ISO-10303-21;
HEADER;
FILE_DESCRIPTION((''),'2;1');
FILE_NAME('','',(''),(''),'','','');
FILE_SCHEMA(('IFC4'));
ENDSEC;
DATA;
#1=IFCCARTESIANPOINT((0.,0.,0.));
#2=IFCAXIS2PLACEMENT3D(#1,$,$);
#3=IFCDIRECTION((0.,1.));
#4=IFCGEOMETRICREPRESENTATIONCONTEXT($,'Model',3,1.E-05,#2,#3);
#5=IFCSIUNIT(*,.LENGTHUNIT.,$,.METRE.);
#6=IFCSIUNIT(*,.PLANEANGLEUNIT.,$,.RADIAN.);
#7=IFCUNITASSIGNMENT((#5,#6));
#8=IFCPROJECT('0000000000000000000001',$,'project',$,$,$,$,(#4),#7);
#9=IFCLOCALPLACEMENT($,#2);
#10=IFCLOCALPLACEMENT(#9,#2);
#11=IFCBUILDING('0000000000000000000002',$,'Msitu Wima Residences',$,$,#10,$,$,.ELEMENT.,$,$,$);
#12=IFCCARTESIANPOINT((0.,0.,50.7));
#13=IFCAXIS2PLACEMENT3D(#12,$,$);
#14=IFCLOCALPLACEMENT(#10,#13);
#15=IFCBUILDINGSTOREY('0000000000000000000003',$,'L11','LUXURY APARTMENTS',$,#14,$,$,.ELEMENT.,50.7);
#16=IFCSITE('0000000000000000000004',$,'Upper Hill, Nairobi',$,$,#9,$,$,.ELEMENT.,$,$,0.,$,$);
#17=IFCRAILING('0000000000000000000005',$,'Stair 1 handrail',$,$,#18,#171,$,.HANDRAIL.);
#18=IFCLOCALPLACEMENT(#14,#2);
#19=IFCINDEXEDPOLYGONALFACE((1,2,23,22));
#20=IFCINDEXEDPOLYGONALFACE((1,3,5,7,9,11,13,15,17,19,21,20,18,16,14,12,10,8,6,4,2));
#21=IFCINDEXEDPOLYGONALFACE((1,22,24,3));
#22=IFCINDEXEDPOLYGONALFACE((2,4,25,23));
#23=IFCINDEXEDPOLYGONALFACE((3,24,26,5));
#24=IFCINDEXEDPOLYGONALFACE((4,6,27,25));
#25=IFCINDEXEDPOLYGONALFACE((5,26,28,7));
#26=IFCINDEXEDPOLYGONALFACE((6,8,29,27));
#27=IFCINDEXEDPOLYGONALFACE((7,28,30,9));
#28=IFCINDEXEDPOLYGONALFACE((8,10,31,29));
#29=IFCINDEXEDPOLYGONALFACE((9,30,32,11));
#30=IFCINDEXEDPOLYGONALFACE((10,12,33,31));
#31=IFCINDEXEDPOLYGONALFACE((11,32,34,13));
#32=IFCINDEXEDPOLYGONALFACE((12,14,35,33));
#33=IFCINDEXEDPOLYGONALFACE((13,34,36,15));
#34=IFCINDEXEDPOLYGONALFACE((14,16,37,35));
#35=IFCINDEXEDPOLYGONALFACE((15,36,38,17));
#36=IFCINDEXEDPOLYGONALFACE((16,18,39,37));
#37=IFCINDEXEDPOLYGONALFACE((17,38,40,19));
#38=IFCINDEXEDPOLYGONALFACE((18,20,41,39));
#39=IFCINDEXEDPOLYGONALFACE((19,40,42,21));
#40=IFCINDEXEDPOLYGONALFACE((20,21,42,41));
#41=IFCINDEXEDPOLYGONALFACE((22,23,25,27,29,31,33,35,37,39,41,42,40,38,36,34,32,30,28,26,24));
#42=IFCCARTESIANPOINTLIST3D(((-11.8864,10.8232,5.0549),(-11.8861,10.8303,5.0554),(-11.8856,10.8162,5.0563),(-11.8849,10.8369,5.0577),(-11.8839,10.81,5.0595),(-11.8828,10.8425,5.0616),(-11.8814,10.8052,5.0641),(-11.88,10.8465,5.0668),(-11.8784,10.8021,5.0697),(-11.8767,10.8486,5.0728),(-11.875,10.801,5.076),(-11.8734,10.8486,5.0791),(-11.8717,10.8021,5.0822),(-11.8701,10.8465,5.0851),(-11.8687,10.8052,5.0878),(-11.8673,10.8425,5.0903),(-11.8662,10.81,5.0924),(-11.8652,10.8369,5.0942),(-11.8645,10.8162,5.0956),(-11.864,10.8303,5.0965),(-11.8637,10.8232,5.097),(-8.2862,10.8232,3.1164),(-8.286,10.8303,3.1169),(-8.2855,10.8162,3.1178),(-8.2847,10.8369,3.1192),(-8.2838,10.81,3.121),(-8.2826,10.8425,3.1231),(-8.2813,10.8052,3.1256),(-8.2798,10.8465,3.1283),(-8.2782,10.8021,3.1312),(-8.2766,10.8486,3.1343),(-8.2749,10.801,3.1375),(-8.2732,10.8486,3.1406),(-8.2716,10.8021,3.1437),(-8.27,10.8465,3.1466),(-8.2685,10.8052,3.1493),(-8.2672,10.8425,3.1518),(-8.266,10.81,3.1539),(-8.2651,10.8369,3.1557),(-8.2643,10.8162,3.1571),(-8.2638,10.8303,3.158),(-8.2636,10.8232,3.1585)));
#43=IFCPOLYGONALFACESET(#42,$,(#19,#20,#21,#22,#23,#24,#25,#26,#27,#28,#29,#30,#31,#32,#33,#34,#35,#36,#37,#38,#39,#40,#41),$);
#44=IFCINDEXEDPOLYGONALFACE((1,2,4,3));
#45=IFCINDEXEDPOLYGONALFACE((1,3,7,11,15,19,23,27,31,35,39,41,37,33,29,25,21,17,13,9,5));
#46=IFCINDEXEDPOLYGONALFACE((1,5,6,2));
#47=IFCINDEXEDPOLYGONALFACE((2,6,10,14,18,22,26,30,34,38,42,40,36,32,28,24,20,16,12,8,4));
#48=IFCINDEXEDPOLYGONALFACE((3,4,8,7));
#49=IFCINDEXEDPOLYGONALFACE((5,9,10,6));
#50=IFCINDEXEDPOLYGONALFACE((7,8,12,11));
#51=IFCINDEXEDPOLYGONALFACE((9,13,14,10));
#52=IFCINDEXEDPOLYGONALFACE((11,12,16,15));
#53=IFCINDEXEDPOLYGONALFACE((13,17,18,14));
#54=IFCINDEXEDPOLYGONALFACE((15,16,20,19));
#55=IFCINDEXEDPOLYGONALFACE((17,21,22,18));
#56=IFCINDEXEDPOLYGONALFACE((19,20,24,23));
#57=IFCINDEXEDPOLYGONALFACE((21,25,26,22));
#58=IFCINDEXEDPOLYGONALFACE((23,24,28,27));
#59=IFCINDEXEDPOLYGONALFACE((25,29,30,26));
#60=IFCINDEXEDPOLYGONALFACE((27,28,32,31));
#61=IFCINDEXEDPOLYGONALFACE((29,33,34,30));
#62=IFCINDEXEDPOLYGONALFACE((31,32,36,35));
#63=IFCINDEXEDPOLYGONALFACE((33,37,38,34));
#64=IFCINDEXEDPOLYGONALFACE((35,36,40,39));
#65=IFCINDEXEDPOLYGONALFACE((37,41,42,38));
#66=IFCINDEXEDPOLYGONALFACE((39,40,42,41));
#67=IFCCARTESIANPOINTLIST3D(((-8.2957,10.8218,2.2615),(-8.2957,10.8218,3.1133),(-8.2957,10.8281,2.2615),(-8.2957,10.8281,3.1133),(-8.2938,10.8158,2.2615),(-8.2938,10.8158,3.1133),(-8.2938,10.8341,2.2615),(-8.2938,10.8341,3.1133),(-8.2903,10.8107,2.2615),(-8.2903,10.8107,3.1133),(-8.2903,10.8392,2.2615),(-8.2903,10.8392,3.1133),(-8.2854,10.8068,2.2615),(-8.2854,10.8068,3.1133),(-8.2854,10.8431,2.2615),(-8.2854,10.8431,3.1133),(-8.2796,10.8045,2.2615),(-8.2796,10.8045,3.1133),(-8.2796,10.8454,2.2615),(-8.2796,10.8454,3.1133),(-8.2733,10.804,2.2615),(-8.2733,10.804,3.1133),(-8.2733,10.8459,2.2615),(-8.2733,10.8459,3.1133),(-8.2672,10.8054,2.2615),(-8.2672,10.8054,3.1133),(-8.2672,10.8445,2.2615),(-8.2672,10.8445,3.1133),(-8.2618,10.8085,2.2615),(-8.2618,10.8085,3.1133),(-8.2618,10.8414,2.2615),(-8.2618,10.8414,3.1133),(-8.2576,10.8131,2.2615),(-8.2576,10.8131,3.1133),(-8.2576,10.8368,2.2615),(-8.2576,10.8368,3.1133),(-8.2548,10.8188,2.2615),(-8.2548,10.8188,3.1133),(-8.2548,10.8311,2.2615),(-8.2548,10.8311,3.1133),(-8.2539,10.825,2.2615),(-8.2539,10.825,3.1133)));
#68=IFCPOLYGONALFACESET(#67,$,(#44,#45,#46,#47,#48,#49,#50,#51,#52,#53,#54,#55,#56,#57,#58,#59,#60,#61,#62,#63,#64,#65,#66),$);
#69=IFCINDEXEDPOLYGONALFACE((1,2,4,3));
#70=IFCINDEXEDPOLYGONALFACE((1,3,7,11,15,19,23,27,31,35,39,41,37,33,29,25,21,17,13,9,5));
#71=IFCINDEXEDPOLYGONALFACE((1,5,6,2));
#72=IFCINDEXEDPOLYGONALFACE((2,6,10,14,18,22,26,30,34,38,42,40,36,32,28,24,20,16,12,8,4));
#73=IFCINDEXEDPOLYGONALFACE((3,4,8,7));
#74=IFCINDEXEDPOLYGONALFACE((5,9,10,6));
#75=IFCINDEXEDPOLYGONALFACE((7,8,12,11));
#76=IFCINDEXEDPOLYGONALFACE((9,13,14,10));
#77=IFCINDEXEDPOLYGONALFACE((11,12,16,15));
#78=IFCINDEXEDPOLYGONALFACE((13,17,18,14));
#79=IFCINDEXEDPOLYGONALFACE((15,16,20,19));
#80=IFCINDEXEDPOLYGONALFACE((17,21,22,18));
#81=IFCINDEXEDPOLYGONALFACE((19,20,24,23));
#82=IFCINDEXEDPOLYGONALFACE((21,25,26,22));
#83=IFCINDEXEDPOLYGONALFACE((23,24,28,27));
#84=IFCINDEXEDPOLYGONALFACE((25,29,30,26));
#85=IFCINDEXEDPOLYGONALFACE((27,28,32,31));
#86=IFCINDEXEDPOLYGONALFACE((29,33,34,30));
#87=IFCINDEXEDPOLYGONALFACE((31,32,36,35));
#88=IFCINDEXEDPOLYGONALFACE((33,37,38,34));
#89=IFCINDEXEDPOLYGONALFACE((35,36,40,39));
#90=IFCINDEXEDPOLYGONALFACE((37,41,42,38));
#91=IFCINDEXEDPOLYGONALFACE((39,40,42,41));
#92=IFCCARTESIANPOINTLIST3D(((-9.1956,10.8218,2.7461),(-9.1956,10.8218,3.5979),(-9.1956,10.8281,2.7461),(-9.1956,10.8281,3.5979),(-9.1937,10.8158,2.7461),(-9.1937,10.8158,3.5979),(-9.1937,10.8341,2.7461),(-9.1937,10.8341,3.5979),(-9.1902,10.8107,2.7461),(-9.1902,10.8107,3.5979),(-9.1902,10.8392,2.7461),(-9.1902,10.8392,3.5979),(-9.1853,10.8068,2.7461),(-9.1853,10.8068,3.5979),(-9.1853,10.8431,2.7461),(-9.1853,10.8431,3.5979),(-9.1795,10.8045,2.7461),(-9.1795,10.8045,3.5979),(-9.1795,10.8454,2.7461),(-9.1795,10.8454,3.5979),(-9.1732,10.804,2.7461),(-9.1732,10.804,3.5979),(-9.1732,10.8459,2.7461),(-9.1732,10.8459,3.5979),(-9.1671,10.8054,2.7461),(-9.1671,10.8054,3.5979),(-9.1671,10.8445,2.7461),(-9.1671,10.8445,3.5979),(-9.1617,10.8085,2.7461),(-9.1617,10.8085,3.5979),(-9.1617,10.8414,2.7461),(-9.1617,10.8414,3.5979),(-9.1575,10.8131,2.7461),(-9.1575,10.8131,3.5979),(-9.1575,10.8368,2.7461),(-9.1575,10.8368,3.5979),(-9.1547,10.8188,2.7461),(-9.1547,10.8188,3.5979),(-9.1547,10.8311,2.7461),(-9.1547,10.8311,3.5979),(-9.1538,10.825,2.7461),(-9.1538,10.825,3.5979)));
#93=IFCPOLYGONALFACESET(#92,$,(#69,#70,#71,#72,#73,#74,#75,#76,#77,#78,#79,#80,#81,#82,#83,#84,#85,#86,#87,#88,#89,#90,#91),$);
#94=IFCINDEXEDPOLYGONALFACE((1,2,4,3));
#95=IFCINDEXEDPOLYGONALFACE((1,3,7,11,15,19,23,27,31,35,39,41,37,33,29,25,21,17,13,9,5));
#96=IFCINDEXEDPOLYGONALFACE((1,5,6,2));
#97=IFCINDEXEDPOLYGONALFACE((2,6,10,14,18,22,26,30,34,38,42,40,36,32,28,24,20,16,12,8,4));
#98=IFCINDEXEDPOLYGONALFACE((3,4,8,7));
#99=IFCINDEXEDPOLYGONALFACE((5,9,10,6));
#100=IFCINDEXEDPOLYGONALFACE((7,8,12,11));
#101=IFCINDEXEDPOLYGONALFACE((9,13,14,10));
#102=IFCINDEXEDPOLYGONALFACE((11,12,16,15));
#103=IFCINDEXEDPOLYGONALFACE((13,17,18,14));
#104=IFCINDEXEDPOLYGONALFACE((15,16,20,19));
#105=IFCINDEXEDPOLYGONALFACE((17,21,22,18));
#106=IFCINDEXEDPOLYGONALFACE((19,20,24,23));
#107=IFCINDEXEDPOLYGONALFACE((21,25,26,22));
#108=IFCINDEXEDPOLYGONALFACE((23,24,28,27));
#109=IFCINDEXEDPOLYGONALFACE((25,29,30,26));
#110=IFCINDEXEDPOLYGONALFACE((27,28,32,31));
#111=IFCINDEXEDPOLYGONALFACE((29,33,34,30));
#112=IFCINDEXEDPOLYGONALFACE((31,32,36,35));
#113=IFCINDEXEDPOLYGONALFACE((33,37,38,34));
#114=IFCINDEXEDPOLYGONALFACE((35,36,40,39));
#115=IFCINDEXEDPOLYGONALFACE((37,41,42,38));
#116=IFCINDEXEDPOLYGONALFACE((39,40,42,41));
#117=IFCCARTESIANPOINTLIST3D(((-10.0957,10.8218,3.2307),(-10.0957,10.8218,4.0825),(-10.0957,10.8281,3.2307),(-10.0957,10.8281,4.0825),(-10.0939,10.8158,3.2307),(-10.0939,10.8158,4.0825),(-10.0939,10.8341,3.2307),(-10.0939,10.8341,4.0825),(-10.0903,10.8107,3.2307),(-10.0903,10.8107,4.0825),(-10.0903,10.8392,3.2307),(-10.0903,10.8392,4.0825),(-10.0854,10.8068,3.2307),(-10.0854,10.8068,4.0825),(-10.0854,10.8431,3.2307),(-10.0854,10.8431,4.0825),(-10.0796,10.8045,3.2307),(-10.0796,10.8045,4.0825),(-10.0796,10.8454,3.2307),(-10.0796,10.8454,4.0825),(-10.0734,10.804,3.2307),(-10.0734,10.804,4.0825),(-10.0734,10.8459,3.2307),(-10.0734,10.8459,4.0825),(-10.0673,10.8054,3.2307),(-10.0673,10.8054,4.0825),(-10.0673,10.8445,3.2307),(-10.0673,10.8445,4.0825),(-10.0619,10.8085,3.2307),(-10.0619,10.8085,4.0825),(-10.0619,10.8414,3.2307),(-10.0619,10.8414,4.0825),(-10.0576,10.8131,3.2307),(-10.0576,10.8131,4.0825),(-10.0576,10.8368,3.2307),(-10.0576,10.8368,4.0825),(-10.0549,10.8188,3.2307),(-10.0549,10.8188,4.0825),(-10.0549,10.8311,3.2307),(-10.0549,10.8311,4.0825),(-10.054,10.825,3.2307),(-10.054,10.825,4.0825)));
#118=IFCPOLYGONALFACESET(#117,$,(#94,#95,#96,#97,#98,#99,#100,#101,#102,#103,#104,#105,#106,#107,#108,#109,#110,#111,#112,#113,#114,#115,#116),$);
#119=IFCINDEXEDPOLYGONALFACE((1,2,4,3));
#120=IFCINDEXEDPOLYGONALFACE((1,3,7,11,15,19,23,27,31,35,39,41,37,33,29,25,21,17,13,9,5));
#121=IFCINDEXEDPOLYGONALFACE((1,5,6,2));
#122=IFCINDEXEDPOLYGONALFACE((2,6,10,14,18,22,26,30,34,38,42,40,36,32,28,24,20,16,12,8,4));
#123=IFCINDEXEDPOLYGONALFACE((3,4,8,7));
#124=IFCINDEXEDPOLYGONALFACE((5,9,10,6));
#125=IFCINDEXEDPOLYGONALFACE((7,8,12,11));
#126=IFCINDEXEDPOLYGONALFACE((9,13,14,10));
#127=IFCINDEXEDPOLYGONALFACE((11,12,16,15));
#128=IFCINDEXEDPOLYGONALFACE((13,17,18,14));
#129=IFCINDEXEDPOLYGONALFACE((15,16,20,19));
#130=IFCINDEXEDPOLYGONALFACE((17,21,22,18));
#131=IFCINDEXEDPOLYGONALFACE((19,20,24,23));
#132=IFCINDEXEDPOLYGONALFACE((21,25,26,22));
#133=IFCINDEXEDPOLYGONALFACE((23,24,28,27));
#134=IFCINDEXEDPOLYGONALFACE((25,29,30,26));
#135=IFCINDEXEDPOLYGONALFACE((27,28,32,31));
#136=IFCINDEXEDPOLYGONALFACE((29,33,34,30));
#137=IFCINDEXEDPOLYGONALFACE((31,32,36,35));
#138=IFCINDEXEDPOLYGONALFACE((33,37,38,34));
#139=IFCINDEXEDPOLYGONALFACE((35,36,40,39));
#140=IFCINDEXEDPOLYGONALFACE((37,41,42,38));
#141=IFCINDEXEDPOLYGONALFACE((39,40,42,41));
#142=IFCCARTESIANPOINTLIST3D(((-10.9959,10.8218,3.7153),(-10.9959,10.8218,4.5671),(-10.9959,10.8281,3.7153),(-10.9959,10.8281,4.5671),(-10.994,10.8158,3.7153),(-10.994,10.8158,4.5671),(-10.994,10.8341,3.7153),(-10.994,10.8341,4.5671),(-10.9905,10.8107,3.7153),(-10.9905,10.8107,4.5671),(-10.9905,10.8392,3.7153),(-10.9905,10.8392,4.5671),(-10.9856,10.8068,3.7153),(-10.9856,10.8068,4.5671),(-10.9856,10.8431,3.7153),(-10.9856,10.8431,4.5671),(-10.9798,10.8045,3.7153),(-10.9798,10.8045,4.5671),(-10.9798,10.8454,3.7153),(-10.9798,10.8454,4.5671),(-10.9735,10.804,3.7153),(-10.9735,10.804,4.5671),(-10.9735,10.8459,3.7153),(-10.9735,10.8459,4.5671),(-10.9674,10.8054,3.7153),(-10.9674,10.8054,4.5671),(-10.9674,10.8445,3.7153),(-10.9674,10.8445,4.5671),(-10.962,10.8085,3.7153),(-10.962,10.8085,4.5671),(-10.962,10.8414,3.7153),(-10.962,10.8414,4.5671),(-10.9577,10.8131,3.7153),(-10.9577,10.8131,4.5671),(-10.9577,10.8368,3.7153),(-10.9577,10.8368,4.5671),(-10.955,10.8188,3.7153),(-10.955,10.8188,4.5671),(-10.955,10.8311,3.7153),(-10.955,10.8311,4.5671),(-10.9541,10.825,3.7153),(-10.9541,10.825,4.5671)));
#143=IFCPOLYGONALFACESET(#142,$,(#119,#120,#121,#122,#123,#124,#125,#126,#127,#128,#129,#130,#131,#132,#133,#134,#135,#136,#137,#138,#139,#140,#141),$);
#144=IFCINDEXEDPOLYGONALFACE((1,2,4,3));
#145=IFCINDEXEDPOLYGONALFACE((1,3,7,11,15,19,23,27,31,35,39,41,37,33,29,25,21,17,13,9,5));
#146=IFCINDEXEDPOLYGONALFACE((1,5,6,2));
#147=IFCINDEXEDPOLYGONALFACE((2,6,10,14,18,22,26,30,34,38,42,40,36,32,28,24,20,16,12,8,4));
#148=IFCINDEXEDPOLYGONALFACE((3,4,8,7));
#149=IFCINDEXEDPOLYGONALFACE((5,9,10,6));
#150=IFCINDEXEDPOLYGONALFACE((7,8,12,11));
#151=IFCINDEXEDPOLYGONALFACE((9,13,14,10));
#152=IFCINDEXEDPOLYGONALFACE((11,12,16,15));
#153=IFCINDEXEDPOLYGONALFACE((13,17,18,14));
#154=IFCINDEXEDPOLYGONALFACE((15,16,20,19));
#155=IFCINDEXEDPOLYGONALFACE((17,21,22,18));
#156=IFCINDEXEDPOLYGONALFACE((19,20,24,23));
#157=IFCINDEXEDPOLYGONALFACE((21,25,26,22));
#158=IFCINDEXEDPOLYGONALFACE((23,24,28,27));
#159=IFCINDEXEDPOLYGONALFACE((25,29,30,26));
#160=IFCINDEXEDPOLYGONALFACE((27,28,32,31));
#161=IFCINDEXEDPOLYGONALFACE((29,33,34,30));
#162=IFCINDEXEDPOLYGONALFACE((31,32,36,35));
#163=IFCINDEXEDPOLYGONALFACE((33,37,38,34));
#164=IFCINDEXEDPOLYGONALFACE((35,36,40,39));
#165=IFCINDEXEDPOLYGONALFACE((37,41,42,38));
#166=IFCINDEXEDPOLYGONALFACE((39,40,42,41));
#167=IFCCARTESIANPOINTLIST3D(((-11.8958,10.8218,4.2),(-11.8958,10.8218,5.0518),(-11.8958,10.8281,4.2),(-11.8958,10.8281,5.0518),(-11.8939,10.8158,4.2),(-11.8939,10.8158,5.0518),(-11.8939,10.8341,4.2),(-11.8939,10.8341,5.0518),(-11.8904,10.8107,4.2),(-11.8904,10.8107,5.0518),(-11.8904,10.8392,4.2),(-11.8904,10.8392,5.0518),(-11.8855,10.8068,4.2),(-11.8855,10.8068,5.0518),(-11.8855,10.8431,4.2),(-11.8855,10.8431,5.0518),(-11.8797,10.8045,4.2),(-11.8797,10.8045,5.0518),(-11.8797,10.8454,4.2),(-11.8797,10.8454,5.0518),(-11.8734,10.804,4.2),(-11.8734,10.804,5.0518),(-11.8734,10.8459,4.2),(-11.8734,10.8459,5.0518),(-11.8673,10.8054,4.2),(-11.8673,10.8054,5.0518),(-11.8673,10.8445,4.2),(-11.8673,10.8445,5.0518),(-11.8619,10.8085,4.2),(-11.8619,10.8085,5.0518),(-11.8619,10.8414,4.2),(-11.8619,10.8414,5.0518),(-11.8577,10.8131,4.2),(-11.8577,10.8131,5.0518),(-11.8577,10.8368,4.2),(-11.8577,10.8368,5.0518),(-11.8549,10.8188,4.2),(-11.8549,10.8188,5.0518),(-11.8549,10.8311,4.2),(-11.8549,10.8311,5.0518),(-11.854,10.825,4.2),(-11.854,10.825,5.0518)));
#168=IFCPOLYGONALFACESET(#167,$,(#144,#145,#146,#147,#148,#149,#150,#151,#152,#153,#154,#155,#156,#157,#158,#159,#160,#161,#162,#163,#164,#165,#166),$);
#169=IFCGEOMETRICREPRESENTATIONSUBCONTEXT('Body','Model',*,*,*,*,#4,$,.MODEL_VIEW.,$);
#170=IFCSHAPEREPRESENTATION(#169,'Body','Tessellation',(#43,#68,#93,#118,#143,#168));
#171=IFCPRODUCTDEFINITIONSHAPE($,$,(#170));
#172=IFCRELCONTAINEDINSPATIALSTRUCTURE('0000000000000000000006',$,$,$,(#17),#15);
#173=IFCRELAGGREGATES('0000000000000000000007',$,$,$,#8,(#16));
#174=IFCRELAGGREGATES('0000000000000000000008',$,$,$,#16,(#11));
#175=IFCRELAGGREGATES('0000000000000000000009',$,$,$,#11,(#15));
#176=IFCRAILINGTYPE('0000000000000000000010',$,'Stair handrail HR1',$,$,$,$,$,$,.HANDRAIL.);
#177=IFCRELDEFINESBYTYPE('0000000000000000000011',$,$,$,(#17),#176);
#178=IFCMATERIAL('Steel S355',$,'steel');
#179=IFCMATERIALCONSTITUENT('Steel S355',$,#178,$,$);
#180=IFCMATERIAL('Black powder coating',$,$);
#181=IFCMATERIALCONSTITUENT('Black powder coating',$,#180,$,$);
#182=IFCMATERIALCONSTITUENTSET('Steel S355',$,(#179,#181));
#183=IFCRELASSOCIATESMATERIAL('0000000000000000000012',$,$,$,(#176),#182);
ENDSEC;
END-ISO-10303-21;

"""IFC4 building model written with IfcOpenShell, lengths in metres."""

from ifc_helpers import new_model, si_unit, direction, frame, origin, origin_2d, place, context, subcontext, project, spatial, circle, extrude, material, constituent, constituent_set, type_object, element, save


model = new_model("IFC4")

# Units and contexts
model_context = context("Model", 3, precision=1e-05, world=origin(), true_north=direction((0.0, 1.0)))
body_context = subcontext(model_context, "Body", "Model", "MODEL_VIEW")
ifc_project = project(units=[si_unit("LENGTHUNIT", "METRE"), si_unit("PLANEANGLEUNIT", "RADIAN")], contexts=[model_context])

# Site, building, storey
site_placement = place(None, origin())
site = spatial("IfcSite", under=ifc_project, at=site_placement, Name="Upper Hill, Nairobi", CompositionType="ELEMENT", RefElevation=0.0)
building_placement = place(site_placement, origin())
building = spatial("IfcBuilding", under=site, at=building_placement, Name="Msitu Wima Residences", CompositionType="ELEMENT")
storey_placement = place(building_placement, frame((0.0, 0.0, 50.7)))
storey = spatial("IfcBuildingStorey", under=building, at=storey_placement, Name="L11", Description="LUXURY APARTMENTS", CompositionType="ELEMENT", Elevation=50.7)

# Railing
ifc_material_1 = material(Name="Steel S355", Category="steel")
ifc_constituent_1 = constituent(ifc_material_1, Name="Steel S355")
ifc_material_2 = material(Name="Black powder coating")
ifc_constituent_2 = constituent(ifc_material_2, Name="Black powder coating")
ifc_constituent_set = constituent_set(constituents=[ifc_constituent_1, ifc_constituent_2], Name="Steel S355")
railing_type = type_object("IfcRailingType", Name="Stair handrail HR1", PredefinedType="HANDRAIL", material=ifc_constituent_set)
for number, where, name in (
    (1, (-8.2749, 10.825, 2.2615), "Stair 1 handrail"),
):
    element("IfcRailing", number, at=place(storey_placement, frame(where)), inside=storey, type_object=railing_type, Name=name, PredefinedType="HANDRAIL", context=body_context, shape_type="SweptSolid", body=[
        extrude(circle(Radius=0.0239, at=origin_2d()), frame((0.0, 0.0, 0.876), z_axis=(-0.880475, 0.0, 0.474093), x_axis=(0.0, -1.0, 0.0)), (0.0, 0.0, 1.0), 4.0889),
        extrude(circle(Radius=0.021, at=origin_2d()), origin(), (0.0, 0.0, 1.0), 0.8518),
        extrude(circle(Radius=0.021, at=origin_2d()), frame((-0.8999, 0.0, 0.4846)), (0.0, 0.0, 1.0), 0.8518),
        extrude(circle(Radius=0.021, at=origin_2d()), frame((-1.8, 0.0, 0.9692)), (0.0, 0.0, 1.0), 0.8518),
        extrude(circle(Radius=0.021, at=origin_2d()), frame((-2.7002, 0.0, 1.4539)), (0.0, 0.0, 1.0), 0.8518),
        extrude(circle(Radius=0.021, at=origin_2d()), frame((-3.6001, 0.0, 1.9385)), (0.0, 0.0, 1.0), 0.8518),
    ])

save(model, "model.ifc")
